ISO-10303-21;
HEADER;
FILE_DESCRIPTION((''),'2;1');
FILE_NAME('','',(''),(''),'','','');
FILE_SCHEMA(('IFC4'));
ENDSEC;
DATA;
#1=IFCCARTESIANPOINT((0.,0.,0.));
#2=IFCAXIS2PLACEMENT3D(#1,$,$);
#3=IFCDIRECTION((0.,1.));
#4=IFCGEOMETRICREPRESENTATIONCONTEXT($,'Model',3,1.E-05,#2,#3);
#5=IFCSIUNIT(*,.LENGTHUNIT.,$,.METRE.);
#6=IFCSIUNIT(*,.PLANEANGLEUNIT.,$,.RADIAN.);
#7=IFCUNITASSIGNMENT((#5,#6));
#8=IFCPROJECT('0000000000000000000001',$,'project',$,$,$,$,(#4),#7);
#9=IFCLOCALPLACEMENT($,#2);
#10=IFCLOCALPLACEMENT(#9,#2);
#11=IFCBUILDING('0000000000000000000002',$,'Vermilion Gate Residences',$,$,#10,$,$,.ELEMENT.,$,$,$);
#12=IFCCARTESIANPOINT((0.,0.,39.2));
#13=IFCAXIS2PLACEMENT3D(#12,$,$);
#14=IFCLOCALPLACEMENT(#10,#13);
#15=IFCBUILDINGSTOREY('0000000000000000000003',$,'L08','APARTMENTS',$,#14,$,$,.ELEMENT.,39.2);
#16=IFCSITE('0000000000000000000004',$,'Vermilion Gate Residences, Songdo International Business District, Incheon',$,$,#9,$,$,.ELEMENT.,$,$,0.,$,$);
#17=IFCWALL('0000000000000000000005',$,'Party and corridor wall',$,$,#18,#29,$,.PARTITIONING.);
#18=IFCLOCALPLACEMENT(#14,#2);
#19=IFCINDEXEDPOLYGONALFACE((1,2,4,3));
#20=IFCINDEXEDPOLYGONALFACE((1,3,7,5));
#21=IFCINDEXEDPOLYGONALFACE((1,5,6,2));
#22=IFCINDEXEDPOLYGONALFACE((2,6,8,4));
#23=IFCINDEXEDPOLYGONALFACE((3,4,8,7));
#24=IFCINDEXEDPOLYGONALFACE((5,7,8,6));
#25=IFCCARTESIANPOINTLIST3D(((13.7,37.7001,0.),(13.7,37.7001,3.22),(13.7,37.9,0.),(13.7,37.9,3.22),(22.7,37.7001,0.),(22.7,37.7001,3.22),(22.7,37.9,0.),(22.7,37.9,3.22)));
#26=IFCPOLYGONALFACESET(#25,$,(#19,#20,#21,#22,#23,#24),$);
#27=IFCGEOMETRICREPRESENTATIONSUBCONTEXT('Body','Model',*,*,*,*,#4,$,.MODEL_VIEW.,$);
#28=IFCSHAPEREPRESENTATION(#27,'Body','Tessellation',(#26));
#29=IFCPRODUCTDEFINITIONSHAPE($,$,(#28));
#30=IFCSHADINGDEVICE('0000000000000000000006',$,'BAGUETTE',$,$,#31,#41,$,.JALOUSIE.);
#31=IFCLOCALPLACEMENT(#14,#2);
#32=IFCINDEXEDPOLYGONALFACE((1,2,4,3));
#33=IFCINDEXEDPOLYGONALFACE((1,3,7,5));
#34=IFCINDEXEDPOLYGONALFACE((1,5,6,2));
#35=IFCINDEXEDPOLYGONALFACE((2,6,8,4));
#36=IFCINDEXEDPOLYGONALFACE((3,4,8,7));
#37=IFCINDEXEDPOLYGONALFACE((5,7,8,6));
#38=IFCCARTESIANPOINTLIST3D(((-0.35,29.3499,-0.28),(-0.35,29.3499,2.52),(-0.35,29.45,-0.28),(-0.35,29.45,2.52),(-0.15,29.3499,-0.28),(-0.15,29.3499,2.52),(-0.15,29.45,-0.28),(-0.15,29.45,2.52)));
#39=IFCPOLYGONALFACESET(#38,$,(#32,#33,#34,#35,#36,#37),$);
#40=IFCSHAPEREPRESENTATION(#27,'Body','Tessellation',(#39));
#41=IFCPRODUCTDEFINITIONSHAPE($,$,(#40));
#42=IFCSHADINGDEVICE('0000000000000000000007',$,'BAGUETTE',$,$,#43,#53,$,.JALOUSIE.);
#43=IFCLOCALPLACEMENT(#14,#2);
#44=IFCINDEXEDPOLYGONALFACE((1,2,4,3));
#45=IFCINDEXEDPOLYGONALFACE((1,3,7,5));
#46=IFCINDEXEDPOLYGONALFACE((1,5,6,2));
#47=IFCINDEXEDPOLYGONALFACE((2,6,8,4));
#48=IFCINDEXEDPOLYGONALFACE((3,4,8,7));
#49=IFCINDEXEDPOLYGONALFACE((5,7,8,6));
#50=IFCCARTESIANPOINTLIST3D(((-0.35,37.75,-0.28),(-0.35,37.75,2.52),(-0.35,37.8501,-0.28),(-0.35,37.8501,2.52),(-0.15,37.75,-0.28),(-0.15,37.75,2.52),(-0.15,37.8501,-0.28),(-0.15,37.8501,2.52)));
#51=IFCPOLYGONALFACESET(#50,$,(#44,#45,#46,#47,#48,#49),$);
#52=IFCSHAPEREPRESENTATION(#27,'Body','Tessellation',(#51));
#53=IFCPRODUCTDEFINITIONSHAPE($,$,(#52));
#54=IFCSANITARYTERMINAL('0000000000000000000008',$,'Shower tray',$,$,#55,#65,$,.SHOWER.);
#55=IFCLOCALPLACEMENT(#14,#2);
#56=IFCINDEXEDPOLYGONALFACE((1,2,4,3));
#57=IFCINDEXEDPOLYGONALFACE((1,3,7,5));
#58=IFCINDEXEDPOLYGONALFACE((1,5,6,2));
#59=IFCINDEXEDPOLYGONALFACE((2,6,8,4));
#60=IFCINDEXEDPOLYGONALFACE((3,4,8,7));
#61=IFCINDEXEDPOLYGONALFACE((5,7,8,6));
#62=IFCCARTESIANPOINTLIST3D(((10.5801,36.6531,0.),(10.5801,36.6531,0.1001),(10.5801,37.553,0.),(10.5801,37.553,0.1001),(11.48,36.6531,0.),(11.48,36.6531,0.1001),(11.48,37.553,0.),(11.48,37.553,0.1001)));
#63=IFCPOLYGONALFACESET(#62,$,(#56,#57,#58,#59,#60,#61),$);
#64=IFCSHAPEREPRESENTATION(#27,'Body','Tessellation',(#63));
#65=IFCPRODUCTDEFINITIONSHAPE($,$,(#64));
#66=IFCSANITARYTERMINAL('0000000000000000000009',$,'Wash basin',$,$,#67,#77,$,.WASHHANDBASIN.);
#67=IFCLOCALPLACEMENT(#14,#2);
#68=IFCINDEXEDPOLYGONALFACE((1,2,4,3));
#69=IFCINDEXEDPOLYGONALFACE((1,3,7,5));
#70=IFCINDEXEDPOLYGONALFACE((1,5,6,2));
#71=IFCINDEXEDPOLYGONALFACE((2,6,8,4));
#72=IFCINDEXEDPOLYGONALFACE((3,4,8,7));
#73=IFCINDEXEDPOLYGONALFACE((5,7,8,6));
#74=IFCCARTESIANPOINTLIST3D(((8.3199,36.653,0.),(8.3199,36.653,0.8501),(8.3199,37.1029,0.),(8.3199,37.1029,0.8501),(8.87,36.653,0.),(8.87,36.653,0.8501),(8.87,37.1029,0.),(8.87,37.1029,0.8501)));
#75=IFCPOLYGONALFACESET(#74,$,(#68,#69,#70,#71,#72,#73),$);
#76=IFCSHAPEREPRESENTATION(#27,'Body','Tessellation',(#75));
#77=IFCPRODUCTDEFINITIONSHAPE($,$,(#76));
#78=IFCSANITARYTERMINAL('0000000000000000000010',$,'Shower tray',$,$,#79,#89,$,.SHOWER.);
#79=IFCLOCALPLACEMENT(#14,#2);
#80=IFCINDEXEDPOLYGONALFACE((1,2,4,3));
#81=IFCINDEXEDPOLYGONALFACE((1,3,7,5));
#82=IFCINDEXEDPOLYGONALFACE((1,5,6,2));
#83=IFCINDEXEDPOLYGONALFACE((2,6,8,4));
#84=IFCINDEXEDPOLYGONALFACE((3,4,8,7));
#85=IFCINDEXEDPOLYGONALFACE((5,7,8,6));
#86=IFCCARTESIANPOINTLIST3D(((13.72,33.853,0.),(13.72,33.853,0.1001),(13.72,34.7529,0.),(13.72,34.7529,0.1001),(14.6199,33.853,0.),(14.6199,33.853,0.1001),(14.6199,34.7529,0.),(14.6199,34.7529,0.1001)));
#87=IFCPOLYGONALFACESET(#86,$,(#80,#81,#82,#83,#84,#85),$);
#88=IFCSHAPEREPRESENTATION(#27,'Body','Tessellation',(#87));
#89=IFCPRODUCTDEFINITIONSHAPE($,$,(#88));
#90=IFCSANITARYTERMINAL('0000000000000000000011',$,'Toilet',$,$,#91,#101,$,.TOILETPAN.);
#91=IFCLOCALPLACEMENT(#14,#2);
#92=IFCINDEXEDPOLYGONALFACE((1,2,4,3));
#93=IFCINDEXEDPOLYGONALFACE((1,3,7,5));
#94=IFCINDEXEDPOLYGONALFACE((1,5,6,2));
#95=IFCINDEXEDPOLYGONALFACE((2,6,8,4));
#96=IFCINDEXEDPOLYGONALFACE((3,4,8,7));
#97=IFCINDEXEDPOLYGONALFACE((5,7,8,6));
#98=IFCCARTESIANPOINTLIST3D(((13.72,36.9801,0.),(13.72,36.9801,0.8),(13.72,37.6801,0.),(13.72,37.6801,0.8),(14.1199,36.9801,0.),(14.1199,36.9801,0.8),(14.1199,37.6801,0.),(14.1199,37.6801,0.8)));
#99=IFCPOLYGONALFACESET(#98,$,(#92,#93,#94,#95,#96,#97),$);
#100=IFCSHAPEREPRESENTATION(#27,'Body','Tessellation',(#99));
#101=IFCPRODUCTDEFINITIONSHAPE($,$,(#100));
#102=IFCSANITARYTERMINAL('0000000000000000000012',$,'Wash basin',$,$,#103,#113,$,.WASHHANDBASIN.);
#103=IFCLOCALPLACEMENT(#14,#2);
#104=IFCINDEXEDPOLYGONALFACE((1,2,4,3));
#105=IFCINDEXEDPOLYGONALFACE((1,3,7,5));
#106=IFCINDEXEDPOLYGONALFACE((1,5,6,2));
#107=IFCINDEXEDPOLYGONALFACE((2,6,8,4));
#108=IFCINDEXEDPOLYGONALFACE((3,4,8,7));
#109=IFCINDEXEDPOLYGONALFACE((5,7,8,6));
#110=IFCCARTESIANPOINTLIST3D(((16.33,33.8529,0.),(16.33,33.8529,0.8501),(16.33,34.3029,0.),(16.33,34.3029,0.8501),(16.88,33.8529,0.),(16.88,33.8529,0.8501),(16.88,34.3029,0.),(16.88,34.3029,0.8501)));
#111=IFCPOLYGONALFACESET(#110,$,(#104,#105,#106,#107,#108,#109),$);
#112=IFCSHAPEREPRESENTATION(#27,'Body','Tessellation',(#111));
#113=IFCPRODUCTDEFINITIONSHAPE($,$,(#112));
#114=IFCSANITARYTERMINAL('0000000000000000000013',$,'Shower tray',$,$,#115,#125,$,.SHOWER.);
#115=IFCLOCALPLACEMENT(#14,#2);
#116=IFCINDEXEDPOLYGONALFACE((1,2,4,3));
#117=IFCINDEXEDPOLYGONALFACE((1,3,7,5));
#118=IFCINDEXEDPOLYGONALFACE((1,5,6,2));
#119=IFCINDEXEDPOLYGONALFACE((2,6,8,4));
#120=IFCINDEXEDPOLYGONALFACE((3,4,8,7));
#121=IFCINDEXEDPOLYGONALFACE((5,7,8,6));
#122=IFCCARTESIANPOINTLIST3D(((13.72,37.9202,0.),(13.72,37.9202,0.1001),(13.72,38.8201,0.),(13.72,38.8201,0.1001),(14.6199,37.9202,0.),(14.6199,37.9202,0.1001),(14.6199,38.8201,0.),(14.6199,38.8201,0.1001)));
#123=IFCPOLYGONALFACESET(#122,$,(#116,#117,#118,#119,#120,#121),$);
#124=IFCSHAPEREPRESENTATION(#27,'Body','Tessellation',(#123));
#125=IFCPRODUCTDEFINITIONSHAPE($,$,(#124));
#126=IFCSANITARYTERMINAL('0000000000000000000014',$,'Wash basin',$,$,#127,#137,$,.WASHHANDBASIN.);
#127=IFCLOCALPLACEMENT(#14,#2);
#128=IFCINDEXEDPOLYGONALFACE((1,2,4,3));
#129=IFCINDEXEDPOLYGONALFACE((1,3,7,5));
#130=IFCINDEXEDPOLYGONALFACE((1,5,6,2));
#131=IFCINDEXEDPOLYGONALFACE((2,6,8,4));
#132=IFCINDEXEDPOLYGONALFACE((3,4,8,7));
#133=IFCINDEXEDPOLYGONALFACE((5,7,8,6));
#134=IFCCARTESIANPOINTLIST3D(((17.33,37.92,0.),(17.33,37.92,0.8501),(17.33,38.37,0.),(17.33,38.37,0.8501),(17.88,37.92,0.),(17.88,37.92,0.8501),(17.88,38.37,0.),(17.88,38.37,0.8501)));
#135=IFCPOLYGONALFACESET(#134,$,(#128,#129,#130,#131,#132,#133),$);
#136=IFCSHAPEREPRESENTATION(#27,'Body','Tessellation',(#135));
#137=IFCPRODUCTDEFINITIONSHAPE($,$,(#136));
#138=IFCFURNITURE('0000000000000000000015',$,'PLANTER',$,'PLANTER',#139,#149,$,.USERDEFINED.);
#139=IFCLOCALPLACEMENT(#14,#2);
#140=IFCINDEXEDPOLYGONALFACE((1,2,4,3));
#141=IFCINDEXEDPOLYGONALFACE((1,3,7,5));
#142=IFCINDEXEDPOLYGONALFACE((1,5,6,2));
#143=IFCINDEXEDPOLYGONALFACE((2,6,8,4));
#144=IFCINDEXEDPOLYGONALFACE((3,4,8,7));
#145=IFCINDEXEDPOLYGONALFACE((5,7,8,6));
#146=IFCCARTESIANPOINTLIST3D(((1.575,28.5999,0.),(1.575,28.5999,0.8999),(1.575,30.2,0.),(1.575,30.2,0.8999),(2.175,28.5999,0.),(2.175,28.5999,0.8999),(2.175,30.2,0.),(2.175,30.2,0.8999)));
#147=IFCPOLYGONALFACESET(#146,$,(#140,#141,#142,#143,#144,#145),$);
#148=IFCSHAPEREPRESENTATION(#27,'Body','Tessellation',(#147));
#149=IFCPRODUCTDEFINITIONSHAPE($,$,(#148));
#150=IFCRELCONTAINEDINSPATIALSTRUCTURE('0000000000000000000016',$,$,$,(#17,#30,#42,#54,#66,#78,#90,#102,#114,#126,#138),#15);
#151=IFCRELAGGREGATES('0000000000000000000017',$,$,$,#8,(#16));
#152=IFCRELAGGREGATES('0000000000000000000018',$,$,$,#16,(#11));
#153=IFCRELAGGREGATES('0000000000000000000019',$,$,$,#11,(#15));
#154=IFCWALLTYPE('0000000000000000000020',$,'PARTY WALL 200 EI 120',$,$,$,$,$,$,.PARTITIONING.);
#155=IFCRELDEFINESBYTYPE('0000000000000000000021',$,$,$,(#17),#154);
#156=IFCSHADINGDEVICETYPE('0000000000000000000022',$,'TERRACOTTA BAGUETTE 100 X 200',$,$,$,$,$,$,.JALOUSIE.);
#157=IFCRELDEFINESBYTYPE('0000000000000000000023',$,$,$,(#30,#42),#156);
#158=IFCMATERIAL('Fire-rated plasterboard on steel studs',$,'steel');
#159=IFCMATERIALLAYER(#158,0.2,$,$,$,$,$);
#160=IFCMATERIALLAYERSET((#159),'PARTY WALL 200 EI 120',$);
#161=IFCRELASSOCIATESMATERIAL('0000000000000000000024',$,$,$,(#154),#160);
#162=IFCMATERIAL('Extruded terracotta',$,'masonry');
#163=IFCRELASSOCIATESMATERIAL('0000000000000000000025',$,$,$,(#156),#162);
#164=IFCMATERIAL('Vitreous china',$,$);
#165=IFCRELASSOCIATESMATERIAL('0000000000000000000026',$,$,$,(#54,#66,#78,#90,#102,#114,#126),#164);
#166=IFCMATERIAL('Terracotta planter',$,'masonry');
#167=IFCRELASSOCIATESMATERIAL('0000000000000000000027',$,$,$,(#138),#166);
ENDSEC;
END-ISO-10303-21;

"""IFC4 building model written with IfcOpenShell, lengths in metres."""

from ifc_helpers import new_model, si_unit, direction, frame, frame_2d, origin, origin_2d, place, context, subcontext, project, spatial, rectangle, extrude, material, layer, layer_set, material_profile, profile_set, type_object, element, save


model = new_model("IFC4")

# Units and contexts
model_context = context("Model", 3, precision=1e-05, world=origin(), true_north=direction((0.0, 1.0)))
body_context = subcontext(model_context, "Body", "Model", "MODEL_VIEW")
ifc_project = project(units=[si_unit("LENGTHUNIT", "METRE"), si_unit("PLANEANGLEUNIT", "RADIAN")], contexts=[model_context])

# Site, building, storey
site_placement = place(None, origin())
site = spatial("IfcSite", under=ifc_project, at=site_placement, Name="Vermilion Gate Residences, Songdo International Business District, Incheon", CompositionType="ELEMENT", RefElevation=0.0)
building_placement = place(site_placement, origin())
building = spatial("IfcBuilding", under=site, at=building_placement, Name="Vermilion Gate Residences", CompositionType="ELEMENT")
storey_placement = place(building_placement, frame((0.0, 0.0, 39.2)))
storey = spatial("IfcBuildingStorey", under=building, at=storey_placement, Name="L08", Description="APARTMENTS", CompositionType="ELEMENT", Elevation=39.2)

# Wall
ifc_material_1 = material(Name="Fire-rated plasterboard on steel studs", Category="steel")
ifc_layer_1 = layer(ifc_material_1, 0.2)
ifc_layer_set_1 = layer_set([ifc_layer_1], Name="PARTY WALL 200 EI 120")
wall_type_1 = type_object("IfcWallType", Name="PARTY WALL 200 EI 120", PredefinedType="PARTITIONING", material=ifc_layer_set_1)
wall_1_placement = place(storey_placement, frame((13.7, 37.8, 0.0), z_axis=(0.0, 0.0, 1.0), x_axis=(1.0, 0.0, 0.0)))
element("IfcWall", 1, at=wall_1_placement, inside=storey, type_object=wall_type_1, Name="Party and corridor wall", PredefinedType="PARTITIONING", context=body_context, shape_type="SweptSolid", body=[
    extrude(rectangle(XDim=9.0, YDim=0.2, at=frame_2d((4.5, 0.0))), origin(), (0.0, 0.0, 1.0), 3.22),
])

# Shading devices
ifc_material_2 = material(Name="Extruded terracotta", Category="masonry")
ifc_material_profile_1 = material_profile(ifc_material_2, rectangle(XDim=0.2, YDim=0.1001, at=origin_2d()), Name="BAGUETTE 100 X 200")
ifc_profile_set_1 = profile_set([ifc_material_profile_1], Name="Extruded terracotta")
shading_device_type = type_object("IfcShadingDeviceType", Name="TERRACOTTA BAGUETTE 100 X 200", PredefinedType="JALOUSIE", material=ifc_profile_set_1)
for number, where, z_axis, x_axis, name in (
    (2, (-0.25, 29.3999, -0.28), (0.0, 0.0, 1.0), (1.0, 0.0, 0.0), "BAGUETTE"),
    (3, (-0.25, 37.8, -0.28), (0.0, 0.0, 1.0), (1.0, 0.0, 0.0), "BAGUETTE"),
):
    element("IfcShadingDevice", number, at=place(storey_placement, frame(where, z_axis=z_axis, x_axis=x_axis)), inside=storey, type_object=shading_device_type, Name=name, PredefinedType="JALOUSIE", context=body_context, shape_type="SweptSolid", body=[
        extrude(rectangle(XDim=0.2, YDim=0.1001, at=origin_2d()), origin(), (0.0, 0.0, 1.0), 2.8),
    ])

# Sanitary terminals
ifc_material_3 = material(Name="Vitreous china")
sanitary_terminal_1_placement = place(storey_placement, frame((11.03, 37.103, 0.0), z_axis=(0.0, 0.0, 1.0), x_axis=(1.0, 0.0, 0.0)))
element("IfcSanitaryTerminal", 4, at=sanitary_terminal_1_placement, inside=storey, material=ifc_material_3, Name="Shower tray", PredefinedType="SHOWER", context=body_context, shape_type="SweptSolid", body=[
    extrude(rectangle(XDim=0.8999, YDim=0.8999, at=origin_2d()), origin(), (0.0, 0.0, 1.0), 0.1001),
])
sanitary_terminal_2_placement = place(storey_placement, frame((8.595, 36.8779, 0.0), z_axis=(0.0, 0.0, 1.0), x_axis=(1.0, 0.0, 0.0)))
element("IfcSanitaryTerminal", 5, at=sanitary_terminal_2_placement, inside=storey, material=ifc_material_3, Name="Wash basin", PredefinedType="WASHHANDBASIN", context=body_context, shape_type="SweptSolid", body=[
    extrude(rectangle(XDim=0.55, YDim=0.45, at=origin_2d()), origin(), (0.0, 0.0, 1.0), 0.8501),
])
sanitary_terminal_3_placement = place(storey_placement, frame((14.1699, 34.303, 0.0), z_axis=(0.0, 0.0, 1.0), x_axis=(1.0, 0.0, 0.0)))
element("IfcSanitaryTerminal", 6, at=sanitary_terminal_3_placement, inside=storey, material=ifc_material_3, Name="Shower tray", PredefinedType="SHOWER", context=body_context, shape_type="SweptSolid", body=[
    extrude(rectangle(XDim=0.8999, YDim=0.8999, at=origin_2d()), origin(), (0.0, 0.0, 1.0), 0.1001),
])
sanitary_terminal_4_placement = place(storey_placement, frame((13.9199, 37.3301, 0.0), z_axis=(0.0, 0.0, 1.0), x_axis=(1.0, 0.0, 0.0)))
element("IfcSanitaryTerminal", 7, at=sanitary_terminal_4_placement, inside=storey, material=ifc_material_3, Name="Toilet", PredefinedType="TOILETPAN", context=body_context, shape_type="SweptSolid", body=[
    extrude(rectangle(XDim=0.3999, YDim=0.7, at=origin_2d()), origin(), (0.0, 0.0, 1.0), 0.8),
])
sanitary_terminal_5_placement = place(storey_placement, frame((16.605, 34.0779, 0.0), z_axis=(0.0, 0.0, 1.0), x_axis=(1.0, 0.0, 0.0)))
element("IfcSanitaryTerminal", 8, at=sanitary_terminal_5_placement, inside=storey, material=ifc_material_3, Name="Wash basin", PredefinedType="WASHHANDBASIN", context=body_context, shape_type="SweptSolid", body=[
    extrude(rectangle(XDim=0.55, YDim=0.45, at=origin_2d()), origin(), (0.0, 0.0, 1.0), 0.8501),
])
sanitary_terminal_6_placement = place(storey_placement, frame((14.1699, 38.3701, 0.0), z_axis=(0.0, 0.0, 1.0), x_axis=(1.0, 0.0, 0.0)))
element("IfcSanitaryTerminal", 9, at=sanitary_terminal_6_placement, inside=storey, material=ifc_material_3, Name="Shower tray", PredefinedType="SHOWER", context=body_context, shape_type="SweptSolid", body=[
    extrude(rectangle(XDim=0.8999, YDim=0.8999, at=origin_2d()), origin(), (0.0, 0.0, 1.0), 0.1001),
])
sanitary_terminal_7_placement = place(storey_placement, frame((17.605, 38.145, 0.0), z_axis=(0.0, 0.0, 1.0), x_axis=(1.0, 0.0, 0.0)))
element("IfcSanitaryTerminal", 10, at=sanitary_terminal_7_placement, inside=storey, material=ifc_material_3, Name="Wash basin", PredefinedType="WASHHANDBASIN", context=body_context, shape_type="SweptSolid", body=[
    extrude(rectangle(XDim=0.55, YDim=0.45, at=origin_2d()), origin(), (0.0, 0.0, 1.0), 0.8501),
])

# Furniture
ifc_material_4 = material(Name="Terracotta planter", Category="masonry")
furniture_placement = place(storey_placement, frame((1.875, 29.3999, 0.0), z_axis=(0.0, 0.0, 1.0), x_axis=(0.0, -1.0, 0.0)))
element("IfcFurniture", 11, at=furniture_placement, inside=storey, material=ifc_material_4, Name="PLANTER", ObjectType="PLANTER", PredefinedType="USERDEFINED", context=body_context, shape_type="SweptSolid", body=[
    extrude(rectangle(XDim=1.6001, YDim=0.6001, at=origin_2d()), origin(), (0.0, 0.0, 1.0), 0.8999),
])

save(model, "model.ifc")
